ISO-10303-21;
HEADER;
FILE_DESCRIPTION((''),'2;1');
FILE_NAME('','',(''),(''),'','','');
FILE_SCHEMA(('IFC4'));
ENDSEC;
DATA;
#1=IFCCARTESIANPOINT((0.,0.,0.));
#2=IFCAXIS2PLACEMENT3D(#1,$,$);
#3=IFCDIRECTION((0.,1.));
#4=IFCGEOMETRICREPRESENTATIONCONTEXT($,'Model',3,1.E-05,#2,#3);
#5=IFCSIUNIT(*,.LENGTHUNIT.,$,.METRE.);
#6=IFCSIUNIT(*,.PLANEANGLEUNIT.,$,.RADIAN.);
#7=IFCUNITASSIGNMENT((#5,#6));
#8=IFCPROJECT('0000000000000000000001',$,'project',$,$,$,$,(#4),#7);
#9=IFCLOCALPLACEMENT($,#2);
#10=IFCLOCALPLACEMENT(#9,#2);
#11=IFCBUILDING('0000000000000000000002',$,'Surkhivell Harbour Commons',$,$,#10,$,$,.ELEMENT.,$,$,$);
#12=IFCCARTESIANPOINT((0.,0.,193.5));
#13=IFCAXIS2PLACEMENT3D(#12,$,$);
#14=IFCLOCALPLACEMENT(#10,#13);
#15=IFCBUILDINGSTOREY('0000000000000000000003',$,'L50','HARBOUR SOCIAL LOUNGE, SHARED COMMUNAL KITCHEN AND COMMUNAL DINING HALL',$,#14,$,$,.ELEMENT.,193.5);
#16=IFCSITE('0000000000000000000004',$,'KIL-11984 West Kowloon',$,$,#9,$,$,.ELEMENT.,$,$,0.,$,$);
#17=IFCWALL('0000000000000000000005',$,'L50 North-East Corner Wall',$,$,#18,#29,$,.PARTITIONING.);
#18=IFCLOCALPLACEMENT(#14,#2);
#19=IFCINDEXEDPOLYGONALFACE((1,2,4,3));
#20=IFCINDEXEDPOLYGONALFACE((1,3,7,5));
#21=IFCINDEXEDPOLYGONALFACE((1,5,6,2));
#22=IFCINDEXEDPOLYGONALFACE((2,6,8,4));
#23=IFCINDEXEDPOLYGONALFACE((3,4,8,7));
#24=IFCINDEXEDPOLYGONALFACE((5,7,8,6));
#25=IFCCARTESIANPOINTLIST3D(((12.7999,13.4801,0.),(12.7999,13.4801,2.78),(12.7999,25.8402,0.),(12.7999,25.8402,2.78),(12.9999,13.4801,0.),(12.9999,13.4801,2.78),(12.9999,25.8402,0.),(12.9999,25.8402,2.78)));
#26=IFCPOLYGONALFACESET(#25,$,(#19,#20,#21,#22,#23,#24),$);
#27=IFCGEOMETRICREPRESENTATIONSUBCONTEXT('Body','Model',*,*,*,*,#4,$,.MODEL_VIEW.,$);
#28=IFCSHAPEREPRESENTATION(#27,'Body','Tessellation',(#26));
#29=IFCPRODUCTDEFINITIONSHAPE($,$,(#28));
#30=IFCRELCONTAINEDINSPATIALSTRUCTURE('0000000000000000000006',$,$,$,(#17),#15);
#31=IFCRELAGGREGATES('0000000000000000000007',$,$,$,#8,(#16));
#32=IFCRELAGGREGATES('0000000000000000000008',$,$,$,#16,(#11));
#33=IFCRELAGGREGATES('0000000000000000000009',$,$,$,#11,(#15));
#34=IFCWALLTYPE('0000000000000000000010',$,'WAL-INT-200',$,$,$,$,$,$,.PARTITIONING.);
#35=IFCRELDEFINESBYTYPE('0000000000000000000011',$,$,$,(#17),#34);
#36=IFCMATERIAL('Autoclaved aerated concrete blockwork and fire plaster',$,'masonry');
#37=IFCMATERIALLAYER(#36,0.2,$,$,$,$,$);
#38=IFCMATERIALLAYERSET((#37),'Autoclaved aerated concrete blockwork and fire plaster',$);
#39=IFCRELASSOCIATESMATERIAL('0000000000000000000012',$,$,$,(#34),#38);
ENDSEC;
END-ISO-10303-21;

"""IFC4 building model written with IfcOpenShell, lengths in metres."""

from ifc_helpers import new_model, si_unit, direction, frame, frame_2d, origin, place, context, subcontext, project, spatial, rectangle, extrude, material, layer, layer_set, type_object, element, save


model = new_model("IFC4")

# Units and contexts
model_context = context("Model", 3, precision=1e-05, world=origin(), true_north=direction((0.0, 1.0)))
body_context = subcontext(model_context, "Body", "Model", "MODEL_VIEW")
ifc_project = project(units=[si_unit("LENGTHUNIT", "METRE"), si_unit("PLANEANGLEUNIT", "RADIAN")], contexts=[model_context])

# Site, building, storey
site_placement = place(None, origin())
site = spatial("IfcSite", under=ifc_project, at=site_placement, Name="KIL-11984 West Kowloon", CompositionType="ELEMENT", RefElevation=0.0)
building_placement = place(site_placement, origin())
building = spatial("IfcBuilding", under=site, at=building_placement, Name="Surkhivell Harbour Commons", CompositionType="ELEMENT")
storey_placement = place(building_placement, frame((0.0, 0.0, 193.5)))
storey = spatial("IfcBuildingStorey", under=building, at=storey_placement, Name="L50", Description="HARBOUR SOCIAL LOUNGE, SHARED COMMUNAL KITCHEN AND COMMUNAL DINING HALL", CompositionType="ELEMENT", Elevation=193.5)

# Wall
ifc_material_1 = material(Name="Autoclaved aerated concrete blockwork and fire plaster", Category="masonry")
ifc_layer_1 = layer(ifc_material_1, 0.2)
ifc_layer_set_1 = layer_set([ifc_layer_1], Name="Autoclaved aerated concrete blockwork and fire plaster")
wall_type_1 = type_object("IfcWallType", Name="WAL-INT-200", PredefinedType="PARTITIONING", material=ifc_layer_set_1)
wall_1_placement = place(storey_placement, frame((12.8999, 13.48, 0.0), z_axis=(0.0, 0.0, 1.0), x_axis=(0.0, 1.0, 0.0)))
element("IfcWall", 1, at=wall_1_placement, inside=storey, type_object=wall_type_1, Name="L50 North-East Corner Wall", PredefinedType="PARTITIONING", context=body_context, shape_type="SweptSolid", body=[
    extrude(rectangle(XDim=12.3601, YDim=0.2, at=frame_2d((6.1802, 0.0))), origin(), (0.0, 0.0, 1.0), 2.78),
])

save(model, "model.ifc")
